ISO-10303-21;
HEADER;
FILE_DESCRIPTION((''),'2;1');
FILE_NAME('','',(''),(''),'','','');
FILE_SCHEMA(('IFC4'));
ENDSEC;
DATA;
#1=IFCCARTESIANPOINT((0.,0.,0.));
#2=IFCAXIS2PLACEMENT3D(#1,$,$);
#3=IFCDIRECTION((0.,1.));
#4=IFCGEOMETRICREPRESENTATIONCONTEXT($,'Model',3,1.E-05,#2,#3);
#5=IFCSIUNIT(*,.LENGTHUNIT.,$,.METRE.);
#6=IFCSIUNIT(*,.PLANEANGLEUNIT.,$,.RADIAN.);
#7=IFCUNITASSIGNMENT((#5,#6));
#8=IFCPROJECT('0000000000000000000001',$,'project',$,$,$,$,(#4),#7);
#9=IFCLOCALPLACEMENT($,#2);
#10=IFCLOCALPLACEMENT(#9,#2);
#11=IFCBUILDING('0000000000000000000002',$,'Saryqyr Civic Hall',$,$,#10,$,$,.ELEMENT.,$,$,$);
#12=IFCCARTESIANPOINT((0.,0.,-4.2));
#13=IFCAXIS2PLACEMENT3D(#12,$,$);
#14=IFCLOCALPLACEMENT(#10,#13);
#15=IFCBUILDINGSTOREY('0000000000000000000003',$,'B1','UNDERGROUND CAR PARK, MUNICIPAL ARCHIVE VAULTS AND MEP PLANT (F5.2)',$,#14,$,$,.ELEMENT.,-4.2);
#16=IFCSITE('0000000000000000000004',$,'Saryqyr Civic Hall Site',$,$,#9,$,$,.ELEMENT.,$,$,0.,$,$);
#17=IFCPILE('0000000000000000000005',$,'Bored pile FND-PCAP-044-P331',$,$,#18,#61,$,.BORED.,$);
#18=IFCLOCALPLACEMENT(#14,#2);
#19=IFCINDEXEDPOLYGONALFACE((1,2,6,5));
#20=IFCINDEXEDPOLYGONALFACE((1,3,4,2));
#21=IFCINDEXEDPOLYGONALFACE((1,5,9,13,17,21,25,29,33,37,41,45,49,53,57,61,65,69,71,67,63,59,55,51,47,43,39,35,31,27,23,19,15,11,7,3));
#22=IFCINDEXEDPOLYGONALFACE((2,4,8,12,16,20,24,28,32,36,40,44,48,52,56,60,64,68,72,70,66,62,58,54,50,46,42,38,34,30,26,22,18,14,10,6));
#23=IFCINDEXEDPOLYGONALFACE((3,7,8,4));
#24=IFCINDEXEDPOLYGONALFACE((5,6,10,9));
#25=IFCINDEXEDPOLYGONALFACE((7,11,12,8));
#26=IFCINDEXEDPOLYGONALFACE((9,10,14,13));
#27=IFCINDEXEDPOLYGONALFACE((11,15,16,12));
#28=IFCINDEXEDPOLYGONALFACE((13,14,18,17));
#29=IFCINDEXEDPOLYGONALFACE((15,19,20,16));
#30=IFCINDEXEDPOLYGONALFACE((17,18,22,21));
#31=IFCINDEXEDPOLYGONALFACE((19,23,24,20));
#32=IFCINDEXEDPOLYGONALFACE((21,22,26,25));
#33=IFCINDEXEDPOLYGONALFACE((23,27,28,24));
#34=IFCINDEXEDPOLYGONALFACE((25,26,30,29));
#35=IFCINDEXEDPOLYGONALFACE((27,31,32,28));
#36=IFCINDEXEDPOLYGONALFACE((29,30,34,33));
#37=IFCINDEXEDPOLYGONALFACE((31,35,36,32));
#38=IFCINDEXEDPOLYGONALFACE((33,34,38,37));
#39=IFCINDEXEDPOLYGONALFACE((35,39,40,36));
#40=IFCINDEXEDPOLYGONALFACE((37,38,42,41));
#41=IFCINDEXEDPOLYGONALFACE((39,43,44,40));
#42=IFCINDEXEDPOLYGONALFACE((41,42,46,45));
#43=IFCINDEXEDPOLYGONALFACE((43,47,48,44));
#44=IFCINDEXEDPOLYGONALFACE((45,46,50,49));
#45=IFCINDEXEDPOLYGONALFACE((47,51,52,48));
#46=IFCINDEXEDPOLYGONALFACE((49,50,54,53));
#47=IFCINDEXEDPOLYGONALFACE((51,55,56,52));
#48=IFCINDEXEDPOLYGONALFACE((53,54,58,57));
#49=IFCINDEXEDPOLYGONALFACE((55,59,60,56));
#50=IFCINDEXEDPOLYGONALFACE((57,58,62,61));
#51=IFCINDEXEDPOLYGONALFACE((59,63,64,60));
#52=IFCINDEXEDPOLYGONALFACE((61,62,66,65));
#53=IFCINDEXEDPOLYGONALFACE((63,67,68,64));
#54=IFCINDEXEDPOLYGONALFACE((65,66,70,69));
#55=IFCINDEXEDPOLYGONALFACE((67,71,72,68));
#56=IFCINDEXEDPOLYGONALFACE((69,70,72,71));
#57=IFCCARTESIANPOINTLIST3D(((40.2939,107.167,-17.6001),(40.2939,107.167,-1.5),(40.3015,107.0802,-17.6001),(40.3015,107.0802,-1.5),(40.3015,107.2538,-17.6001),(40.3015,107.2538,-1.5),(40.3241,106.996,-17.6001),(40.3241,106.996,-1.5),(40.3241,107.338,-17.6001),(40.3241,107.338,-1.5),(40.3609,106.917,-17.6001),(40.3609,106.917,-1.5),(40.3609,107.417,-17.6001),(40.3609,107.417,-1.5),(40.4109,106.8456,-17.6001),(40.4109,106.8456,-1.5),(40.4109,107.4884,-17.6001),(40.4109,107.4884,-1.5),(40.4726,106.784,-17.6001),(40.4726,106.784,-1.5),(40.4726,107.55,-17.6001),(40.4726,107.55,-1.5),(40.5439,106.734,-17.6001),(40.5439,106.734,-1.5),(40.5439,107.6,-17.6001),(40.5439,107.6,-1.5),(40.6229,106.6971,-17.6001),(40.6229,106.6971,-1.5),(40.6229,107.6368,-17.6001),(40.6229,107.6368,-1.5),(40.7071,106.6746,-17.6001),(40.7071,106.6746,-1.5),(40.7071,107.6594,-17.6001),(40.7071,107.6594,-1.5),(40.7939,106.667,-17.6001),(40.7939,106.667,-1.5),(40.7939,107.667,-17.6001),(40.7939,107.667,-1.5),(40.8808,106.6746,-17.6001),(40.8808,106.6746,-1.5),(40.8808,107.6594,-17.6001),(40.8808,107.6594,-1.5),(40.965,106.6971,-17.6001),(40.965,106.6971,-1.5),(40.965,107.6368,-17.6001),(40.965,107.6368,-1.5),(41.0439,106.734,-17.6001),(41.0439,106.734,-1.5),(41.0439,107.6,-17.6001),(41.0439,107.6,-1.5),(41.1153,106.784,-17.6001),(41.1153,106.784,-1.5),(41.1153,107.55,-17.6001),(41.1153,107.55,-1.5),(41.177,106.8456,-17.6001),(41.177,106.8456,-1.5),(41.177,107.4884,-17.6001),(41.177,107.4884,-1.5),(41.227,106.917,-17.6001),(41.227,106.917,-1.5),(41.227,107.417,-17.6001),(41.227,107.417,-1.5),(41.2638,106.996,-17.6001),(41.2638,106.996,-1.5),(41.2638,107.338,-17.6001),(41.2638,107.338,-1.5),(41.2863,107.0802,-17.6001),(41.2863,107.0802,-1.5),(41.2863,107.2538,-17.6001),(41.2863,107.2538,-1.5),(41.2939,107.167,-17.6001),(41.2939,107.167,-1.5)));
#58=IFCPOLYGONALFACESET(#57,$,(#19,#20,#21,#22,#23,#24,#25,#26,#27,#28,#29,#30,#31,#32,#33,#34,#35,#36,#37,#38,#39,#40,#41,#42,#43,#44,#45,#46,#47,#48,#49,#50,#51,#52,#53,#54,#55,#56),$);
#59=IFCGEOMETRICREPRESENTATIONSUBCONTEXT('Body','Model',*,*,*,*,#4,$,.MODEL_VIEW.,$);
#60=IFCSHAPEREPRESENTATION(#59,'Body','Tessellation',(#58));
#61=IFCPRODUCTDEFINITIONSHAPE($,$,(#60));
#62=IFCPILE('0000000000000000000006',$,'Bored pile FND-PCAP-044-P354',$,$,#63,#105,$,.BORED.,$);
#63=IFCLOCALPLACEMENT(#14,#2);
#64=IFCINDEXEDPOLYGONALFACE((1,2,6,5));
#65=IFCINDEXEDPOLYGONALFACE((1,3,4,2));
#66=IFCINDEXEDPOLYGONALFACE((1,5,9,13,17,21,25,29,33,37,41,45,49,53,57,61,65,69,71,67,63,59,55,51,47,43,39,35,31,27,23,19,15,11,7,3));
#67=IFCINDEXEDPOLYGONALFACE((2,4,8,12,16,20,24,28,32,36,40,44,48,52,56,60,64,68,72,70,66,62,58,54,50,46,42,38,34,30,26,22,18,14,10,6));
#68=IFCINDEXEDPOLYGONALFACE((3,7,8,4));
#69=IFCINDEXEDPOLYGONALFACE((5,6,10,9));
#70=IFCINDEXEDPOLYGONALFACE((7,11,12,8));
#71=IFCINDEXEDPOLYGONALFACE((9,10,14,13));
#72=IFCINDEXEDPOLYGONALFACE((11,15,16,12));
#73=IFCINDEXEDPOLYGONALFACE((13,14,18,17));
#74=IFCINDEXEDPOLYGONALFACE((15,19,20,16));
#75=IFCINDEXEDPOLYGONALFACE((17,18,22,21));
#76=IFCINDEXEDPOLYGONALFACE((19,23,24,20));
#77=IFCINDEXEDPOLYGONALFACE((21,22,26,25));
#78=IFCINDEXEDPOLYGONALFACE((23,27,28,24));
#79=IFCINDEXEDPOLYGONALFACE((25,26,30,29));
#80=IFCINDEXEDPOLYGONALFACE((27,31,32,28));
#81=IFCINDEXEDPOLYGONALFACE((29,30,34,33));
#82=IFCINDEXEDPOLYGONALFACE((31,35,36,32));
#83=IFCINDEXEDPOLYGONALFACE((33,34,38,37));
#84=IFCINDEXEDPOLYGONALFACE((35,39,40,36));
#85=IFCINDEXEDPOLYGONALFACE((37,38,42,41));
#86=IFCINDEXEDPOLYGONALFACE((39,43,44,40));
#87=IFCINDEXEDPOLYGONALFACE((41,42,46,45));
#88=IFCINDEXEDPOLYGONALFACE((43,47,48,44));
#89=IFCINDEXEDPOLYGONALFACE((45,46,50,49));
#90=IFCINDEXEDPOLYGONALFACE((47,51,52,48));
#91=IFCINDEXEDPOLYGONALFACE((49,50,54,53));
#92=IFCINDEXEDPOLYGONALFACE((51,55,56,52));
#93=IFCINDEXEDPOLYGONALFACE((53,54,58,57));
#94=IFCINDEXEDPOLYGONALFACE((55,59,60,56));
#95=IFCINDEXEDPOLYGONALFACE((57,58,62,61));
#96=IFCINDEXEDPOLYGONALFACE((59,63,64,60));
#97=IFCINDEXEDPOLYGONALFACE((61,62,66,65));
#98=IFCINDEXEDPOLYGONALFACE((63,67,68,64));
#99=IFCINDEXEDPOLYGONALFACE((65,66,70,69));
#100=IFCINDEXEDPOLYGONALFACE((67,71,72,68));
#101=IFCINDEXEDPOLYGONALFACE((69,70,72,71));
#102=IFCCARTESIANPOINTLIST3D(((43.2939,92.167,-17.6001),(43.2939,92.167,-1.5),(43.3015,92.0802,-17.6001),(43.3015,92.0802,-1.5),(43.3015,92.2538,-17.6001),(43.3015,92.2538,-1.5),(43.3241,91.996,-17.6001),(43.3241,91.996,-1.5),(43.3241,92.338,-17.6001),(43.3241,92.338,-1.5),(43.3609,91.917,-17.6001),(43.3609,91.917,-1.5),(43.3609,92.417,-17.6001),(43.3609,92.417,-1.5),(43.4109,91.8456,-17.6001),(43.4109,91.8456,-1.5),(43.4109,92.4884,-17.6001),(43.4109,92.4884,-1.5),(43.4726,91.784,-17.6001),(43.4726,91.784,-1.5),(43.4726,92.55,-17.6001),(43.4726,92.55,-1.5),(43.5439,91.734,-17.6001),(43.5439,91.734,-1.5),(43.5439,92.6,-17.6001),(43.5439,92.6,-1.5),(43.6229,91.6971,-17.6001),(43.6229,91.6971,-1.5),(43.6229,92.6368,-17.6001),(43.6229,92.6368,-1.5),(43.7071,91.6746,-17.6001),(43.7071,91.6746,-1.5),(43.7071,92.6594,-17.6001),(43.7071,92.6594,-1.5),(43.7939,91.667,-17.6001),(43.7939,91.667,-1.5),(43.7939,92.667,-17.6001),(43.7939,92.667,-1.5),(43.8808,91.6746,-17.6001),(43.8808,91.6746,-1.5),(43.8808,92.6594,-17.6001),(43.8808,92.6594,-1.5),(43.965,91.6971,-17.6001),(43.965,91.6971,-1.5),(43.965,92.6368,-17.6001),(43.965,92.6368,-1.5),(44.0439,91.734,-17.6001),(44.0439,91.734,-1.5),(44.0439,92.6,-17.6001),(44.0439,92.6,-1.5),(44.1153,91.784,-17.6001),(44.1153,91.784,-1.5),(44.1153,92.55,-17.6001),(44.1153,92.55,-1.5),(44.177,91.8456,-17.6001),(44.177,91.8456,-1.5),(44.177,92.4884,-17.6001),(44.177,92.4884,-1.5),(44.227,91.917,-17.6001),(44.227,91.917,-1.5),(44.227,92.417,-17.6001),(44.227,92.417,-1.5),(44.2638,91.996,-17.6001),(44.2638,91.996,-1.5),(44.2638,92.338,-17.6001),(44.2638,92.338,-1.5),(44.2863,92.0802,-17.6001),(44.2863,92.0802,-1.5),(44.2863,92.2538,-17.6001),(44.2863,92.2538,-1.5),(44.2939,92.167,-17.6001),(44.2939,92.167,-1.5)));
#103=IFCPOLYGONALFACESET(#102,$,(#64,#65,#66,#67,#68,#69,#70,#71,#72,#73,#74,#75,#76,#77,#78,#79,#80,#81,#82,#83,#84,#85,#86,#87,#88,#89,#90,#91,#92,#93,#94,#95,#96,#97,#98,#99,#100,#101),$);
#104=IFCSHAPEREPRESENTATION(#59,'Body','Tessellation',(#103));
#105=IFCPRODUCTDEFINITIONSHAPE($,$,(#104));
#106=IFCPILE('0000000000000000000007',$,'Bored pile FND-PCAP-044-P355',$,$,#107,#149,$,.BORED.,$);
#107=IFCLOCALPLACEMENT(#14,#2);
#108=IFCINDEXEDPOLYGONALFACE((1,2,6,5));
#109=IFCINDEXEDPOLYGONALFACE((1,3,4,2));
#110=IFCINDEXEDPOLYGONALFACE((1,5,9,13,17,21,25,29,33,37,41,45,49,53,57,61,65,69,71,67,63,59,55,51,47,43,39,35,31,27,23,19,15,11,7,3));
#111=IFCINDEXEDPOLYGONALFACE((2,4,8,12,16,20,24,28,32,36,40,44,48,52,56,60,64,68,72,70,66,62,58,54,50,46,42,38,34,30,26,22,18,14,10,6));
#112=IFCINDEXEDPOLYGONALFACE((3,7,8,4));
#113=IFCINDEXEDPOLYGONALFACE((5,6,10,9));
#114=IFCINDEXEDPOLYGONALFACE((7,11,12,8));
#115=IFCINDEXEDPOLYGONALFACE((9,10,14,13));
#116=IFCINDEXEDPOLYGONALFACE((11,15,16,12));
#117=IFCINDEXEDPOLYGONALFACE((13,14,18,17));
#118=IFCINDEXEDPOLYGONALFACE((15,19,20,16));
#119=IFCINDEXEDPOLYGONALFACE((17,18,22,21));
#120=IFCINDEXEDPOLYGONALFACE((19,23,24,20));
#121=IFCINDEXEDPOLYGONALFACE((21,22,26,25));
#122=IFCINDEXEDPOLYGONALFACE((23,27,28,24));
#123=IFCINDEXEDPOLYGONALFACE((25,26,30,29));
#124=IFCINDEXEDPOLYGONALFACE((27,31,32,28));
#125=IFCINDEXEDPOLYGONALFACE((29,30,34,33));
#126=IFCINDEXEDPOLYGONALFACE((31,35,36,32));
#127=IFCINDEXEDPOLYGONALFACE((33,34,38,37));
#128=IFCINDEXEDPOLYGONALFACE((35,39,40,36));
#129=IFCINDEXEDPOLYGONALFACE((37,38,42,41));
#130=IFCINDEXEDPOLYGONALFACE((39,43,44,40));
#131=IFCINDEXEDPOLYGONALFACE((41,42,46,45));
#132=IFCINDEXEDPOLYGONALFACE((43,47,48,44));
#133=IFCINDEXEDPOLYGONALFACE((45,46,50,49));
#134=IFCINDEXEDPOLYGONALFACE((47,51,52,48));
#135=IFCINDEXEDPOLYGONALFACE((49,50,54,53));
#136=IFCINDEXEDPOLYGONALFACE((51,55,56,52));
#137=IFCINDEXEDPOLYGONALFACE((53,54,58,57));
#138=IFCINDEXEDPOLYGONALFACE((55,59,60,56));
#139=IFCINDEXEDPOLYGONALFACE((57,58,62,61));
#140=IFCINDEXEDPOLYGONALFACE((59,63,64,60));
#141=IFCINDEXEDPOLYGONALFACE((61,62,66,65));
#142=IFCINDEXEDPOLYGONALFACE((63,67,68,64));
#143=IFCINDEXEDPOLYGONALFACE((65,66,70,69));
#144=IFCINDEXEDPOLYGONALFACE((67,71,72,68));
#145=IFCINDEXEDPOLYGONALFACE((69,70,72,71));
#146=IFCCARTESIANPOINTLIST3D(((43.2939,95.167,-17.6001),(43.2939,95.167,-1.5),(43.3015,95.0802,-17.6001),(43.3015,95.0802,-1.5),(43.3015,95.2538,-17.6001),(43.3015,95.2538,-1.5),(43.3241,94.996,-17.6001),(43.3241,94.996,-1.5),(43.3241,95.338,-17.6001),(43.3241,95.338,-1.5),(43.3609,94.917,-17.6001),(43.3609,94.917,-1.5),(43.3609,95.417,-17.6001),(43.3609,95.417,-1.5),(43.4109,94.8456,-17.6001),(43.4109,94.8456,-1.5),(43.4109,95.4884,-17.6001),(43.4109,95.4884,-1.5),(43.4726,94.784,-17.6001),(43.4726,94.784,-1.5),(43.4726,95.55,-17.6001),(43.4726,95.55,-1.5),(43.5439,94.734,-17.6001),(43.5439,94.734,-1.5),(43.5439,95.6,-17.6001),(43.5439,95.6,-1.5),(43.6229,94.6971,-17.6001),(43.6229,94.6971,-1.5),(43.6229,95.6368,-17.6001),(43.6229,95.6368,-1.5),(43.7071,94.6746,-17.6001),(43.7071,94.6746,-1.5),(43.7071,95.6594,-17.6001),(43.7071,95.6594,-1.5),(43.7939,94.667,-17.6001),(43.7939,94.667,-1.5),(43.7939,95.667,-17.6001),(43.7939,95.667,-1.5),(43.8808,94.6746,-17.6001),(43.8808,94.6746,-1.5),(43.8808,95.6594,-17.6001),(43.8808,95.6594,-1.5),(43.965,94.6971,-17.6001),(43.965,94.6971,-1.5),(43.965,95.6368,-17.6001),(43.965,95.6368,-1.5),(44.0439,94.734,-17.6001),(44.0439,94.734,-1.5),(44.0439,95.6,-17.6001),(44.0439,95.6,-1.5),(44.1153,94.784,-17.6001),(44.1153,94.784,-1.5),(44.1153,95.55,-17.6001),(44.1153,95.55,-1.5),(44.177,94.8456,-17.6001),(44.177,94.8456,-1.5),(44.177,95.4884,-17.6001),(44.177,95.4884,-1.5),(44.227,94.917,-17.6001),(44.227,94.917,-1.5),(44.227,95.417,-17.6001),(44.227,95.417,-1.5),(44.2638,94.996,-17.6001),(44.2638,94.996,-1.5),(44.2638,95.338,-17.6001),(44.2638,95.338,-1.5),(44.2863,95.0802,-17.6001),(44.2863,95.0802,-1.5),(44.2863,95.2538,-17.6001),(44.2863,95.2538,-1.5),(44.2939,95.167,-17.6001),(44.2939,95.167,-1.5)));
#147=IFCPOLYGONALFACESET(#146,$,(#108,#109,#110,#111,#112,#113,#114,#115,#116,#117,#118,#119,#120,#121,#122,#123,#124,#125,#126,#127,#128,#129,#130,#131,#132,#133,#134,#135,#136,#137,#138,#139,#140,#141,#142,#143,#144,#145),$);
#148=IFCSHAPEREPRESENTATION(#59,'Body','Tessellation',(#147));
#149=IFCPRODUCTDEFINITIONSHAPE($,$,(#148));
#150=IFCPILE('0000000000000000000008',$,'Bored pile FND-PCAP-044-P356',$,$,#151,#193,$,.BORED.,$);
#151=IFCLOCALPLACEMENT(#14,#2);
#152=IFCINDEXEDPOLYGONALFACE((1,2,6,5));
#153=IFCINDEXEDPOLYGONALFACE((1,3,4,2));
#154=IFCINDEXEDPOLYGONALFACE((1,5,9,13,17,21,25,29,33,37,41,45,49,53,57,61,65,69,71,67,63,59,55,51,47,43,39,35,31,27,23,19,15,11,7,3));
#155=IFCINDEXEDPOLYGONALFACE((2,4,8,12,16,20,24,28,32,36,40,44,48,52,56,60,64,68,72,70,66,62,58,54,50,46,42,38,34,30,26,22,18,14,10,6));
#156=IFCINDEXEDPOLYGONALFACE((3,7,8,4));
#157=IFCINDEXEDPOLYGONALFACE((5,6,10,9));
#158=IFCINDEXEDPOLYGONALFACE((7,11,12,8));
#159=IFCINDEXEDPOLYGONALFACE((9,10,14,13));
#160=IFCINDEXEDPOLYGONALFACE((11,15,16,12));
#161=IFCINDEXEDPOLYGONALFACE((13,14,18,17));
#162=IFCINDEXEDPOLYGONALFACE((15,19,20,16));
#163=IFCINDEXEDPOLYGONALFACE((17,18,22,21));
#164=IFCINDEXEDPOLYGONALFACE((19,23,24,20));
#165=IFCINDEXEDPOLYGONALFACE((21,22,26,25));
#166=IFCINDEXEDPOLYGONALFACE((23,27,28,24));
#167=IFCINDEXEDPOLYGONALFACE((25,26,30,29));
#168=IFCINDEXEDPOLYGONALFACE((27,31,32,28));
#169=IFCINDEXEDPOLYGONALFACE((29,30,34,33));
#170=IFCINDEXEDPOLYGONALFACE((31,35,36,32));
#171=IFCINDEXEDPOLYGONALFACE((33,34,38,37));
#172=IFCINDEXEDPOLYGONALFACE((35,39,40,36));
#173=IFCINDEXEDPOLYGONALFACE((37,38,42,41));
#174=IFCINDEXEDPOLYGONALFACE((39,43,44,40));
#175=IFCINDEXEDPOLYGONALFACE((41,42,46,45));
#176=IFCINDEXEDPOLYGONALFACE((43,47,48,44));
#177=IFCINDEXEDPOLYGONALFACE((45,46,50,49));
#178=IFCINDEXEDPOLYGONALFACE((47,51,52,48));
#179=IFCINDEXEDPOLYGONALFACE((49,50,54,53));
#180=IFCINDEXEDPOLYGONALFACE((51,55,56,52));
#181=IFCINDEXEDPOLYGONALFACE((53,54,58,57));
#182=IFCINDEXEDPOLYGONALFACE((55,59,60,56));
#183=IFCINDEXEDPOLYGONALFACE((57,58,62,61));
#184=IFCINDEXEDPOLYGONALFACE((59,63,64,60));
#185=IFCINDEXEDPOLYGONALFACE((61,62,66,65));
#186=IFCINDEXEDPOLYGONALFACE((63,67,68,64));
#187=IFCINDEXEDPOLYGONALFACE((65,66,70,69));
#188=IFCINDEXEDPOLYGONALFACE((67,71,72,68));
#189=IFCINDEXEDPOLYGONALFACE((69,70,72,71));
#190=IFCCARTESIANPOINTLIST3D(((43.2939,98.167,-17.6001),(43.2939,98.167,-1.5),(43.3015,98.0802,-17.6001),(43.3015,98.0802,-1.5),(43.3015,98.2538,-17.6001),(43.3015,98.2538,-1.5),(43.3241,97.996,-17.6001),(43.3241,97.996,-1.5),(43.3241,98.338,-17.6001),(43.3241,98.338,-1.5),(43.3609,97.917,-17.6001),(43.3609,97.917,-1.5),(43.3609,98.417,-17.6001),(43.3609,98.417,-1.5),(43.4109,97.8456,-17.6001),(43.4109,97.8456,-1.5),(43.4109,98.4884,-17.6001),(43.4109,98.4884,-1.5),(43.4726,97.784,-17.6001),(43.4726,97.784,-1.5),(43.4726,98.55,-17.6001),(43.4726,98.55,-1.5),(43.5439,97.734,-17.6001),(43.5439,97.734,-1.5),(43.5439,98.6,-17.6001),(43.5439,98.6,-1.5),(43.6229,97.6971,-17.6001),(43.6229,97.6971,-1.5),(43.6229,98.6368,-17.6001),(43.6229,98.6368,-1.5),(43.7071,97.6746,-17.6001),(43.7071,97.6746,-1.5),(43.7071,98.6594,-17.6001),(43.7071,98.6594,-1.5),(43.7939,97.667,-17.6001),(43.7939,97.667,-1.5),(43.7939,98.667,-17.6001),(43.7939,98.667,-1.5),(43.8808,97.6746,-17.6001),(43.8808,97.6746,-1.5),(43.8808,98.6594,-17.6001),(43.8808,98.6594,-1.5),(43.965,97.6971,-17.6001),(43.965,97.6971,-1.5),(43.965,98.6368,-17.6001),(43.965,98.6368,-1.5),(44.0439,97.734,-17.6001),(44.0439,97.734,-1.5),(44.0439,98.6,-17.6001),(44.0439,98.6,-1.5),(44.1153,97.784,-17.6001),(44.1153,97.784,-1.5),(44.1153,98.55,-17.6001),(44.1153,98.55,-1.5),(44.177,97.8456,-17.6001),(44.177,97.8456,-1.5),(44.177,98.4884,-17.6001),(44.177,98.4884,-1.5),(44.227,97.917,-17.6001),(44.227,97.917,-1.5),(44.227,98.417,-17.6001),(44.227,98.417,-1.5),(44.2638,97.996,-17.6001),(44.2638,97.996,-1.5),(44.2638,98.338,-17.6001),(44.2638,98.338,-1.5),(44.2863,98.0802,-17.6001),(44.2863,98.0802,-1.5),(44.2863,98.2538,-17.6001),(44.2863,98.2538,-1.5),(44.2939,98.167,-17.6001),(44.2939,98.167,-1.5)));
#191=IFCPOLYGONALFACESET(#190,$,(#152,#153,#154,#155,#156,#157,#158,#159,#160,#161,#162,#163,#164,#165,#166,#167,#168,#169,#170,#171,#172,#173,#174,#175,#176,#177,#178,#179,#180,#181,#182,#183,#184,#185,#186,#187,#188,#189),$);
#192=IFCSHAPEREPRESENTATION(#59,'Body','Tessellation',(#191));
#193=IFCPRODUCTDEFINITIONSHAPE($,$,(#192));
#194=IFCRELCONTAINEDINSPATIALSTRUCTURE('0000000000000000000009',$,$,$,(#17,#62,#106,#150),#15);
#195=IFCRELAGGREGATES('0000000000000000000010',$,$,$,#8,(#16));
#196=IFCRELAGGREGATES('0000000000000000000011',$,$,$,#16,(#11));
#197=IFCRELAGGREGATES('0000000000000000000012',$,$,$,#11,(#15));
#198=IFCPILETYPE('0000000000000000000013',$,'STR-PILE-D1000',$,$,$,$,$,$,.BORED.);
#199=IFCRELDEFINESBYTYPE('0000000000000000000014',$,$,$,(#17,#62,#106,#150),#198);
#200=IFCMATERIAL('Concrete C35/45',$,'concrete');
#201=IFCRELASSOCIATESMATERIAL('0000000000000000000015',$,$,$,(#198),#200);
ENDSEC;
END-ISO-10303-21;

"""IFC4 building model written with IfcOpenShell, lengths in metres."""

from ifc_helpers import new_model, si_unit, direction, frame, origin, origin_2d, place, context, subcontext, project, spatial, circle, extrude, material, material_profile, profile_set, type_object, element, save


model = new_model("IFC4")

# Units and contexts
model_context = context("Model", 3, precision=1e-05, world=origin(), true_north=direction((0.0, 1.0)))
body_context = subcontext(model_context, "Body", "Model", "MODEL_VIEW")
ifc_project = project(units=[si_unit("LENGTHUNIT", "METRE"), si_unit("PLANEANGLEUNIT", "RADIAN")], contexts=[model_context])

# Site, building, storey
site_placement = place(None, origin())
site = spatial("IfcSite", under=ifc_project, at=site_placement, Name="Saryqyr Civic Hall Site", CompositionType="ELEMENT", RefElevation=0.0)
building_placement = place(site_placement, origin())
building = spatial("IfcBuilding", under=site, at=building_placement, Name="Saryqyr Civic Hall", CompositionType="ELEMENT")
storey_placement = place(building_placement, frame((0.0, 0.0, -4.2)))
storey = spatial("IfcBuildingStorey", under=building, at=storey_placement, Name="B1", Description="UNDERGROUND CAR PARK, MUNICIPAL ARCHIVE VAULTS AND MEP PLANT (F5.2)", CompositionType="ELEMENT", Elevation=-4.2)

# Piles
ifc_material_1 = material(Name="Concrete C35/45", Category="concrete")
ifc_material_profile_1 = material_profile(ifc_material_1, circle(Radius=0.5, at=origin_2d()), Name="BORED PILE D1000")
ifc_profile_set_1 = profile_set([ifc_material_profile_1], Name="Concrete C35/45")
pile_type = type_object("IfcPileType", Name="STR-PILE-D1000", PredefinedType="BORED", material=ifc_profile_set_1)
for number, where, z_axis, x_axis, name in (
    (1, (40.7939, 107.167, -1.5), (0.0, 0.0, -1.0), (1.0, 0.0, 0.0), "Bored pile FND-PCAP-044-P331"),
    (2, (43.7939, 92.167, -1.5), (0.0, 0.0, -1.0), (1.0, 0.0, 0.0), "Bored pile FND-PCAP-044-P354"),
    (3, (43.7939, 95.167, -1.5), (0.0, 0.0, -1.0), (1.0, 0.0, 0.0), "Bored pile FND-PCAP-044-P355"),
    (4, (43.7939, 98.167, -1.5), (0.0, 0.0, -1.0), (1.0, 0.0, 0.0), "Bored pile FND-PCAP-044-P356"),
):
    element("IfcPile", number, at=place(storey_placement, frame(where, z_axis=z_axis, x_axis=x_axis)), inside=storey, type_object=pile_type, Name=name, PredefinedType="BORED", context=body_context, shape_type="SweptSolid", body=[
        extrude(circle(Radius=0.5, at=origin_2d()), origin(), (0.0, 0.0, 1.0), 16.1001),
    ])

save(model, "model.ifc")
